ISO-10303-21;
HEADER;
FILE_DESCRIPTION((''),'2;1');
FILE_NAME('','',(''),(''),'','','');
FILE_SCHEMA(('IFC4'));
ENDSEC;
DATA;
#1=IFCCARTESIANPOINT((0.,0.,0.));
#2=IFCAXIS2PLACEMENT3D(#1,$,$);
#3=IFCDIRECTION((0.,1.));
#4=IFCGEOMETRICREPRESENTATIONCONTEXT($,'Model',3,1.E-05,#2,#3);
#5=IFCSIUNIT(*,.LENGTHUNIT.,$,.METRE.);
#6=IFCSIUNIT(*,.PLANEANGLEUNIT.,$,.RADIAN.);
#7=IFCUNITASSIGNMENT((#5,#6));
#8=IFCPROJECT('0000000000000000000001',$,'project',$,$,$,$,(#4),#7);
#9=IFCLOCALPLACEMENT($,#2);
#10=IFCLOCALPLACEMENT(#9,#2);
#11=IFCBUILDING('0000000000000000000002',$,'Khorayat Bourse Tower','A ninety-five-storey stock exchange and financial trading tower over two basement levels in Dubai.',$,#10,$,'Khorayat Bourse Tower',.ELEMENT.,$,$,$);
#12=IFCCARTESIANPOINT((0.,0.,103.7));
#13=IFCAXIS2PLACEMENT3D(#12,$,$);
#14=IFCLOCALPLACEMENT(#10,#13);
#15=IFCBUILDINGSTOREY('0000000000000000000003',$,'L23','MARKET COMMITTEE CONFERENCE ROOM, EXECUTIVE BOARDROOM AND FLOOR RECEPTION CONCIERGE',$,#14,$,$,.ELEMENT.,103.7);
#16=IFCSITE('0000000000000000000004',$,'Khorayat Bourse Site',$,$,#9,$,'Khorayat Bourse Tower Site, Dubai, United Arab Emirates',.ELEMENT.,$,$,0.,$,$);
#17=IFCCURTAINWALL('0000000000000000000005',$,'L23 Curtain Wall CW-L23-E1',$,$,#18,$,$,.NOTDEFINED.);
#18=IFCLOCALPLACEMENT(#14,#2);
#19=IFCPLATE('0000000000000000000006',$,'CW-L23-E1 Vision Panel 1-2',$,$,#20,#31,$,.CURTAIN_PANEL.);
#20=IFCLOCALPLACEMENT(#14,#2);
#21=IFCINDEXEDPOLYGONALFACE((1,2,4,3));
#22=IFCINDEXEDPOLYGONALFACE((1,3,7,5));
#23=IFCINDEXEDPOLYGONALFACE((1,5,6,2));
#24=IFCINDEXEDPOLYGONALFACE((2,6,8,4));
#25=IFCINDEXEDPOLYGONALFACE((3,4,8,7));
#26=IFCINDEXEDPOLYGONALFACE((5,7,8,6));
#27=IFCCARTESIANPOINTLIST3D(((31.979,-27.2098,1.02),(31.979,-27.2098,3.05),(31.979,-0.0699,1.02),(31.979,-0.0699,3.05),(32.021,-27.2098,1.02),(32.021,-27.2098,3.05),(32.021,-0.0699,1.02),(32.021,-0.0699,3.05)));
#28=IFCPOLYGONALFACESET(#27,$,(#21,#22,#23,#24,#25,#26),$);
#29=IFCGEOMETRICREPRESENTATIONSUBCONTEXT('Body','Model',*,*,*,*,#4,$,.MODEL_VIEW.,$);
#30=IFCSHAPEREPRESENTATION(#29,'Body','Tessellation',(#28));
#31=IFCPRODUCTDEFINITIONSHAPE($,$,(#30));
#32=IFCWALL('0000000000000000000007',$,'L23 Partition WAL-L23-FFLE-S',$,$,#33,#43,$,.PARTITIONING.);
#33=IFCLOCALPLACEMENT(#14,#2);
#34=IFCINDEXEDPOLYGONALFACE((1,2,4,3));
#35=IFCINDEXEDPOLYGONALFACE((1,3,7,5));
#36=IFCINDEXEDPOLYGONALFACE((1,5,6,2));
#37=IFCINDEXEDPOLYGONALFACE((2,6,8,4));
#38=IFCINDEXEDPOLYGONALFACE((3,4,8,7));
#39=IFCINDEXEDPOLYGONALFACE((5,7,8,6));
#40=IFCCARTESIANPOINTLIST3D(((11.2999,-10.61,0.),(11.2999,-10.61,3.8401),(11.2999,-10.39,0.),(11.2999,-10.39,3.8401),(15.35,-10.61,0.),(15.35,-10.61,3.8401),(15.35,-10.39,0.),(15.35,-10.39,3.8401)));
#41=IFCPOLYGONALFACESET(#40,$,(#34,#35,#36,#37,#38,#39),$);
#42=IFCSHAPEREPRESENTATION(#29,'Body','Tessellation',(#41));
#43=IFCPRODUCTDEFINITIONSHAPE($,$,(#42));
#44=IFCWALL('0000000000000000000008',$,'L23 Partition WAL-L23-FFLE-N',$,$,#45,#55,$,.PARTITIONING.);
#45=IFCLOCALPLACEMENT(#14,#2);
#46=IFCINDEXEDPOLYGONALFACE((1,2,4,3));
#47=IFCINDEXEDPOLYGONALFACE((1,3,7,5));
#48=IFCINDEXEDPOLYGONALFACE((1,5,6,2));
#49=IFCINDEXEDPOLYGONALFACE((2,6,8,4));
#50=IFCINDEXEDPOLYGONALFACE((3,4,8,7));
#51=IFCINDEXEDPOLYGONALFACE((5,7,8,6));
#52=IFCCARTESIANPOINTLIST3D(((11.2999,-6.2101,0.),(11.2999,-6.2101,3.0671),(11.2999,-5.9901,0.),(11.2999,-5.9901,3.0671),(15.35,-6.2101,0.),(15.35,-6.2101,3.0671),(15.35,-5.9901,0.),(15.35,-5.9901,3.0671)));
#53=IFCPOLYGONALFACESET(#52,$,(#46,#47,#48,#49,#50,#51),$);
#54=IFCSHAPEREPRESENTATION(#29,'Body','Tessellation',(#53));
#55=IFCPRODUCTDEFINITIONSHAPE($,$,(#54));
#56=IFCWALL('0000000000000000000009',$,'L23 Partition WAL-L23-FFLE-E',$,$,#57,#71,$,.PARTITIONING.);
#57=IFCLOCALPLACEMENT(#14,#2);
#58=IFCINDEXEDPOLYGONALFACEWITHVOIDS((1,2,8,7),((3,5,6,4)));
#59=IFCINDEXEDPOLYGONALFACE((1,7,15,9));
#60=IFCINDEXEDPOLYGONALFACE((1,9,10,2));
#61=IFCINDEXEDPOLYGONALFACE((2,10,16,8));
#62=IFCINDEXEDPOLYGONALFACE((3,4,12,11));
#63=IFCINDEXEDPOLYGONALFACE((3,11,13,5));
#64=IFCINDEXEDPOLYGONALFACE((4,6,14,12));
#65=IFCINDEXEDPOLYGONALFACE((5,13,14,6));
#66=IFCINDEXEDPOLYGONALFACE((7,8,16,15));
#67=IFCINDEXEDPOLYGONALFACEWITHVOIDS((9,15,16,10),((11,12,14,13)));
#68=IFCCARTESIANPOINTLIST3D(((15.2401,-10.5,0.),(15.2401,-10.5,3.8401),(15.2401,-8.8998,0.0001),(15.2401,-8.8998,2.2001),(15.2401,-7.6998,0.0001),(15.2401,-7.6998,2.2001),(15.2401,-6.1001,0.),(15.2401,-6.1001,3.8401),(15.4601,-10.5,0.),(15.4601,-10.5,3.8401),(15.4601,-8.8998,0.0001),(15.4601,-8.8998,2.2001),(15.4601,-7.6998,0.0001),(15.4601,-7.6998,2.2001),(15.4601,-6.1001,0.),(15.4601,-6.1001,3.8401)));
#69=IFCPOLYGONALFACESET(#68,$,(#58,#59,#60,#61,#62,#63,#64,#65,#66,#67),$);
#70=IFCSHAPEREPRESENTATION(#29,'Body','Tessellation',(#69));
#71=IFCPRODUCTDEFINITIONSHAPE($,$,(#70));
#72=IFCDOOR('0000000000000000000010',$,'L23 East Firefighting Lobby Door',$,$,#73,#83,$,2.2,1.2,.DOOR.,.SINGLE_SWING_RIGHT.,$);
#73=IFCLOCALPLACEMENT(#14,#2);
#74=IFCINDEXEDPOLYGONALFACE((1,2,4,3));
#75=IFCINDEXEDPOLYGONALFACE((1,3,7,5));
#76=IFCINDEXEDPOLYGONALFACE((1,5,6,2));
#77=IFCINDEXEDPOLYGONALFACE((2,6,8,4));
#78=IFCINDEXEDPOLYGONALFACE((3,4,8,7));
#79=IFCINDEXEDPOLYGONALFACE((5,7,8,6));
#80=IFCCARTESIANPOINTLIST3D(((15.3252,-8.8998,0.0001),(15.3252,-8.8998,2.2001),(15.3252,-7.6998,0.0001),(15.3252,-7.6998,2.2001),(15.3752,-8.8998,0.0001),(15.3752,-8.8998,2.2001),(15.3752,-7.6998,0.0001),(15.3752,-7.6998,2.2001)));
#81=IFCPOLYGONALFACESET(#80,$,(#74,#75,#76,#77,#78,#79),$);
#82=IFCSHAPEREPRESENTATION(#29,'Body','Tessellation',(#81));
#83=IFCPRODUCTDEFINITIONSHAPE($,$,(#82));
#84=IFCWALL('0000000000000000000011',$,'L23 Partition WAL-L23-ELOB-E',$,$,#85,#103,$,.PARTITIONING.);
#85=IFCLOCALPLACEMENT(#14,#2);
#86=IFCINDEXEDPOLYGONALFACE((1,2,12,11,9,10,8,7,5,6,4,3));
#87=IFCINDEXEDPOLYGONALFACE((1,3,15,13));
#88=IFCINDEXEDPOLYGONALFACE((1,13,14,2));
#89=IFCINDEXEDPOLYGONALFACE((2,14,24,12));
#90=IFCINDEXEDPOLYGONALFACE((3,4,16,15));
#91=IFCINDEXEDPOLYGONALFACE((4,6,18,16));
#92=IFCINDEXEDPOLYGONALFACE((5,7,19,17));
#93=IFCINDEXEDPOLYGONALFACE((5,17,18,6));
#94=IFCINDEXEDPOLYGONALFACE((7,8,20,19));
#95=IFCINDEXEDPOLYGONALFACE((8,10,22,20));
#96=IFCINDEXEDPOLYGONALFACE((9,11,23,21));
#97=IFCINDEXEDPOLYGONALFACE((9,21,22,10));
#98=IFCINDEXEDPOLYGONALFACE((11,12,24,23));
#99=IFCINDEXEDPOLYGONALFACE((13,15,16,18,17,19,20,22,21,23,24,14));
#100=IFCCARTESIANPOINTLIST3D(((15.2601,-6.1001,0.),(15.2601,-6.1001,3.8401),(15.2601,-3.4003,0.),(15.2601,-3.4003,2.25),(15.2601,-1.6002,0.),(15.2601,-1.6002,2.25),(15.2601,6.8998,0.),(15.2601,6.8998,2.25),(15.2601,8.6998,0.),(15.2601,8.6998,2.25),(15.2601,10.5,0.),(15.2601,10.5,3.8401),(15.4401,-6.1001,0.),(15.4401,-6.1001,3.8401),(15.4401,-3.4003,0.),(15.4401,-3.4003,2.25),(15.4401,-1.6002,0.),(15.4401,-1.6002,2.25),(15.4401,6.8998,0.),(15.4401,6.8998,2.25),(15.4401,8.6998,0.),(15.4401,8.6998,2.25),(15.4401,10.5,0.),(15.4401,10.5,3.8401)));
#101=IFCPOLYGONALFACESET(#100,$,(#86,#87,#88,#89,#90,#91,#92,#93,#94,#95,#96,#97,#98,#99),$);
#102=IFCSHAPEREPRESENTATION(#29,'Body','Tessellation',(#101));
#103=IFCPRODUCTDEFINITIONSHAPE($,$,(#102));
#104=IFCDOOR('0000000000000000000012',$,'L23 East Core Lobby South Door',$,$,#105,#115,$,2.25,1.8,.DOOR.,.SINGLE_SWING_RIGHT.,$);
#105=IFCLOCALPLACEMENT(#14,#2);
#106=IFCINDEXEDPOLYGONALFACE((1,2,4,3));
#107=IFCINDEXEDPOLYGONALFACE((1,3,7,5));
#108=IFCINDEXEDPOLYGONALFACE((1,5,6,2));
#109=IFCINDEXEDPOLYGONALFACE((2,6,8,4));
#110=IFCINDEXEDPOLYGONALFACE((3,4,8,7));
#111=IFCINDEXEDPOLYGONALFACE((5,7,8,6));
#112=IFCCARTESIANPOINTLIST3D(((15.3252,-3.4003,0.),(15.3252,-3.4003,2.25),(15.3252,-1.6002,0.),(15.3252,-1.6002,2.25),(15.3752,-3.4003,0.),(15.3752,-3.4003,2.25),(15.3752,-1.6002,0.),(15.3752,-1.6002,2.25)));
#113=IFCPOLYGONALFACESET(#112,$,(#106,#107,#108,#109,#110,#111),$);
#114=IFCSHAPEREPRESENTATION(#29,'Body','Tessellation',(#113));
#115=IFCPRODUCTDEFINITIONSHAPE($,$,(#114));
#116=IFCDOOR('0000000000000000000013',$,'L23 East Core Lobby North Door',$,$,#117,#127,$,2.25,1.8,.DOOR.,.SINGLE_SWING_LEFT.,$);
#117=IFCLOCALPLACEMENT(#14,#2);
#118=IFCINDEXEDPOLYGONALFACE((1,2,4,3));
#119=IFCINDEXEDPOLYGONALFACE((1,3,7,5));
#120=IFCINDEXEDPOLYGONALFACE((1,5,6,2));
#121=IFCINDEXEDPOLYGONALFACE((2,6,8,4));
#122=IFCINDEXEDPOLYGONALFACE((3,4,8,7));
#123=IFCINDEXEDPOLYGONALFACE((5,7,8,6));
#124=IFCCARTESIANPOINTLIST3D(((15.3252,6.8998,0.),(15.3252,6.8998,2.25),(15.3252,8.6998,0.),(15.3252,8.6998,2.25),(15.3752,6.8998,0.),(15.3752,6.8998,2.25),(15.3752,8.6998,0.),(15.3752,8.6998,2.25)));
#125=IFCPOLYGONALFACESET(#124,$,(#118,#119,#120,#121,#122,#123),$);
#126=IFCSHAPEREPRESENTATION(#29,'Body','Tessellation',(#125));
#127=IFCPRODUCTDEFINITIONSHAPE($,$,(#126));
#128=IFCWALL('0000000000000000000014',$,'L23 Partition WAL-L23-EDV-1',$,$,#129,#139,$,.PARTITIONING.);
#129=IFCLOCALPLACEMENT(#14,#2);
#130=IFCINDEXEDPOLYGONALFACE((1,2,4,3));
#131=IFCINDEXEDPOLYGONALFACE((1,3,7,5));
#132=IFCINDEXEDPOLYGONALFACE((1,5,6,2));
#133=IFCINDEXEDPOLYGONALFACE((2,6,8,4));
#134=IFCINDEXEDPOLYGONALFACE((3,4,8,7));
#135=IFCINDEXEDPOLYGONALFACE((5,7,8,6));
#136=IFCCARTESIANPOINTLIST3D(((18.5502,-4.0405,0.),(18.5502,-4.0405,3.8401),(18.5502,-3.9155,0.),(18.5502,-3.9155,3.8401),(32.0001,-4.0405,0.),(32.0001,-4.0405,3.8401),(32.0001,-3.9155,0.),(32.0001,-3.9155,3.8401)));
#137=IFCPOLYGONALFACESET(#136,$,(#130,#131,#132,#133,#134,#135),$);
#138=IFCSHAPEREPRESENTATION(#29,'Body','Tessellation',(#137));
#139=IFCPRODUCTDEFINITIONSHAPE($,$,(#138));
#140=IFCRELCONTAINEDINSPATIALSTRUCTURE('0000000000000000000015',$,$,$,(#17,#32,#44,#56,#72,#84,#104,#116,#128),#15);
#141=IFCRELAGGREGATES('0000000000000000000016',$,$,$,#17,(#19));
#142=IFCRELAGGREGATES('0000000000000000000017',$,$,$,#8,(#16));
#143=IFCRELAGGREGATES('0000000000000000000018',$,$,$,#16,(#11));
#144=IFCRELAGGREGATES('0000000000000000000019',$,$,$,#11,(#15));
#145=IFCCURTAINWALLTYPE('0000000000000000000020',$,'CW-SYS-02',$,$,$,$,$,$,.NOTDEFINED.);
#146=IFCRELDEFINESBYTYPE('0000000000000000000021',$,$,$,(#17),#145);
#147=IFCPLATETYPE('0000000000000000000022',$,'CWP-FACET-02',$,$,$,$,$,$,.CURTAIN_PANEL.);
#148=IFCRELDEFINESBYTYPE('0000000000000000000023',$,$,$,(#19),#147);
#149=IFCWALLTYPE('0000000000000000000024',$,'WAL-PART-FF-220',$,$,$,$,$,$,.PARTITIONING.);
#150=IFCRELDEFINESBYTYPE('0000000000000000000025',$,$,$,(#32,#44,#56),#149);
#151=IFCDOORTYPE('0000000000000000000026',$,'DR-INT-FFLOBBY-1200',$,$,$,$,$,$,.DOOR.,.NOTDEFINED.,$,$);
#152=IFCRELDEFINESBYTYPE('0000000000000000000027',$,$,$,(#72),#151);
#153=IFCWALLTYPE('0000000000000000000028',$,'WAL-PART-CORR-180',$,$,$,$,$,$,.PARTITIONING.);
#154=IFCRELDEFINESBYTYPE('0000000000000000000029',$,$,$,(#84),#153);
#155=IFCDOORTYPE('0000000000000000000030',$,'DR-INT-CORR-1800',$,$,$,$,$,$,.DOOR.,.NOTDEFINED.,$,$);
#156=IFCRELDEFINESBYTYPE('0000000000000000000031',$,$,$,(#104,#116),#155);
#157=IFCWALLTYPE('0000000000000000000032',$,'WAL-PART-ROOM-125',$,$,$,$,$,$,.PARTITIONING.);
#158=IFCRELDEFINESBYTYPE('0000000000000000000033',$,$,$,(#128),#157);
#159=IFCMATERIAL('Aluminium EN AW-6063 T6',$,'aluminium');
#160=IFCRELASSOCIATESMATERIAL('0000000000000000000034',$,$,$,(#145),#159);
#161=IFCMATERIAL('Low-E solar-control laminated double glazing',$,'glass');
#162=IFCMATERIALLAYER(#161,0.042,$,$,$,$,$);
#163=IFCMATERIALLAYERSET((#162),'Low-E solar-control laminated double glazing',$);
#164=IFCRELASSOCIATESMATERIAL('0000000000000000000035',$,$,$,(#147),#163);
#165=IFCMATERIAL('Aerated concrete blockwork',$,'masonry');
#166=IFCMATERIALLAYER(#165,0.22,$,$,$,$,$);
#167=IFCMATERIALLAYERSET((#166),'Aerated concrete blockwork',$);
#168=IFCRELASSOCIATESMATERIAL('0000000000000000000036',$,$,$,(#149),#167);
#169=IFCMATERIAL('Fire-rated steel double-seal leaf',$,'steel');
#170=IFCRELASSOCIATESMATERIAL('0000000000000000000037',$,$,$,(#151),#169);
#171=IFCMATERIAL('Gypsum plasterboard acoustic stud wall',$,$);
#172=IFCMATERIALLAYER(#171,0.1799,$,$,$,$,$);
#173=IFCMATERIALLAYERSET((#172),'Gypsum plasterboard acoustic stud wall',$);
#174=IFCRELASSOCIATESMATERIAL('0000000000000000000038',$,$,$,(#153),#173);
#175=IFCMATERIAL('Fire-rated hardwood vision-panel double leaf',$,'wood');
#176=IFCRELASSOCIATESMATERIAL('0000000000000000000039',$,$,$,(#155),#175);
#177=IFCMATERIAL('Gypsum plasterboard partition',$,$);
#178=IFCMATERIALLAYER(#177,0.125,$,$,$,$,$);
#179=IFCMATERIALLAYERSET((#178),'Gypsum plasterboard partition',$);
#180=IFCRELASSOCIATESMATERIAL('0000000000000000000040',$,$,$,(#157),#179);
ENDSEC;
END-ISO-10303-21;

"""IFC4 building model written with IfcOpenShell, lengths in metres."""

from ifc_helpers import new_model, si_unit, direction, frame, frame_2d, origin, origin_2d, place, context, subcontext, project, spatial, rectangle, extrude, source, transform, mapped, material, layer, layer_set, type_object, element, fill, aggregate, save


model = new_model("IFC4")

# Units and contexts
model_context = context("Model", 3, precision=1e-05, world=origin(), true_north=direction((0.0, 1.0)))
body_context = subcontext(model_context, "Body", "Model", "MODEL_VIEW")
ifc_project = project(units=[si_unit("LENGTHUNIT", "METRE"), si_unit("PLANEANGLEUNIT", "RADIAN")], contexts=[model_context])

# Site, building, storey
site_placement = place(None, origin())
site = spatial("IfcSite", under=ifc_project, at=site_placement, Name="Khorayat Bourse Site", LongName="Khorayat Bourse Tower Site, Dubai, United Arab Emirates", CompositionType="ELEMENT", RefElevation=0.0)
building_placement = place(site_placement, origin())
building = spatial("IfcBuilding", under=site, at=building_placement, Name="Khorayat Bourse Tower", Description="A ninety-five-storey stock exchange and financial trading tower over two basement levels in Dubai.", LongName="Khorayat Bourse Tower", CompositionType="ELEMENT")
storey_placement = place(building_placement, frame((0.0, 0.0, 103.7)))
storey = spatial("IfcBuildingStorey", under=building, at=storey_placement, Name="L23", Description="MARKET COMMITTEE CONFERENCE ROOM, EXECUTIVE BOARDROOM AND FLOOR RECEPTION CONCIERGE", CompositionType="ELEMENT", Elevation=103.7)

# Curtain wall
ifc_material_1 = material(Name="Aluminium EN AW-6063 T6", Category="aluminium")
curtain_wall_type = type_object("IfcCurtainWallType", Name="CW-SYS-02", PredefinedType="NOTDEFINED", material=ifc_material_1)
curtain_wall_placement = place(storey_placement, origin())
curtain_wall = element("IfcCurtainWall", 1, at=curtain_wall_placement, inside=storey, type_object=curtain_wall_type, Name="L23 Curtain Wall CW-L23-E1", PredefinedType="NOTDEFINED")

# Plate
ifc_material_2 = material(Name="Low-E solar-control laminated double glazing", Category="glass")
ifc_layer_1 = layer(ifc_material_2, 0.042)
ifc_layer_set_1 = layer_set([ifc_layer_1], Name="Low-E solar-control laminated double glazing")
plate_type_1 = type_object("IfcPlateType", Name="CWP-FACET-02", PredefinedType="CURTAIN_PANEL", material=ifc_layer_set_1)
shared_shape_1 = source(origin(), body_context, "Body", "SweptSolid", [
    extrude(rectangle(XDim=27.1399, YDim=0.042, at=origin_2d()), origin(), (0.0, 0.0, 1.0), 2.03),
])
plate_1_placement = place(storey_placement, frame((32.0, -13.6399, 1.02), z_axis=(0.0, 0.0, 1.0), x_axis=(0.0, 1.0, 0.0)))
plate_1 = element("IfcPlate", 2, at=plate_1_placement, type_object=plate_type_1, Name="CW-L23-E1 Vision Panel 1-2", PredefinedType="CURTAIN_PANEL", context=body_context, shape_type="MappedRepresentation", body=[
    mapped(shared_shape_1, transform((0.0, 0.0, 0.0), scale=1.0)),
])
aggregate(curtain_wall, [plate_1])

# Walls
ifc_material_3 = material(Name="Aerated concrete blockwork", Category="masonry")
ifc_layer_2 = layer(ifc_material_3, 0.22)
ifc_layer_set_2 = layer_set([ifc_layer_2], Name="Aerated concrete blockwork")
wall_type_1 = type_object("IfcWallType", Name="WAL-PART-FF-220", PredefinedType="PARTITIONING", material=ifc_layer_set_2)
shared_shape_2 = source(origin(), body_context, "Body", "SweptSolid", [
    extrude(rectangle(XDim=4.05, YDim=0.22, at=frame_2d((2.0249, 0.0))), origin(), (0.0, 0.0, 1.0), 3.8401),
])
wall_1_placement = place(storey_placement, frame((11.3, -10.5, 0.0), z_axis=(0.0, 0.0, 1.0), x_axis=(1.0, 0.0, 0.0)))
element("IfcWall", 3, at=wall_1_placement, inside=storey, type_object=wall_type_1, Name="L23 Partition WAL-L23-FFLE-S", PredefinedType="PARTITIONING", context=body_context, shape_type="MappedRepresentation", body=[
    mapped(shared_shape_2, transform((0.0, 0.0, 0.0), scale=1.0)),
])
shared_shape_3 = source(origin(), body_context, "Body", "SweptSolid", [
    extrude(rectangle(XDim=4.05, YDim=0.22, at=frame_2d((2.0249, 0.0))), origin(), (0.0, 0.0, 1.0), 3.0671),
])
wall_2_placement = place(storey_placement, frame((11.3, -6.1001, 0.0), z_axis=(0.0, 0.0, 1.0), x_axis=(1.0, 0.0, 0.0)))
element("IfcWall", 4, at=wall_2_placement, inside=storey, type_object=wall_type_1, Name="L23 Partition WAL-L23-FFLE-N", PredefinedType="PARTITIONING", context=body_context, shape_type="MappedRepresentation", body=[
    mapped(shared_shape_3, transform((0.0, 0.0, 0.0), scale=1.0)),
])

# Wall, opening, door
shared_shape_4 = source(origin(), body_context, "Body", "SweptSolid", [
    extrude(rectangle(XDim=4.3999, YDim=0.22, at=frame_2d((2.2, 0.0))), origin(), (0.0, 0.0, 1.0), 3.8401),
])
wall_3_placement = place(storey_placement, frame((15.3501, -10.5, 0.0), z_axis=(0.0, 0.0, 1.0), x_axis=(0.0, 1.0, 0.0)))
wall_3 = element("IfcWall", 5, at=wall_3_placement, inside=storey, type_object=wall_type_1, Name="L23 Partition WAL-L23-FFLE-E", PredefinedType="PARTITIONING", context=body_context, shape_type="MappedRepresentation", body=[
    mapped(shared_shape_4, transform((0.0, 0.0, 0.0), scale=1.0)),
])
shared_shape_5 = source(origin(), body_context, "Body", "SweptSolid", [
    extrude(rectangle(XDim=1.2, YDim=2.2, at=frame_2d((0.6001, 1.1001))), frame((0.0, 0.1199, 0.0), z_axis=(0.0, -1.0, 0.0), x_axis=(1.0, 0.0, 0.0)), (0.0, 0.0, 1.0), 0.24),
])
opening_1_placement = place(wall_3_placement, frame((1.6001, 0.0, 0.0)))
opening_1 = element("IfcOpeningElement", 6, at=opening_1_placement, cuts=wall_3, PredefinedType="OPENING", context=body_context, shape_type="MappedRepresentation", body=[
    mapped(shared_shape_5, transform((0.0, 0.0, 0.0), scale=1.0)),
])
ifc_material_4 = material(Name="Fire-rated steel double-seal leaf", Category="steel")
door_type_1 = type_object("IfcDoorType", Name="DR-INT-FFLOBBY-1200", OperationType="NOTDEFINED", PredefinedType="DOOR", material=ifc_material_4)
shared_shape_6 = source(origin(), body_context, "Body", "SweptSolid", [
    extrude(rectangle(XDim=1.2, YDim=2.2, at=frame_2d((0.6001, 1.1001))), frame((0.0, 0.0249, 0.0), z_axis=(0.0, -1.0, 0.0), x_axis=(1.0, 0.0, 0.0)), (0.0, 0.0, 1.0), 0.05),
])
door_1_placement = place(opening_1_placement, origin())
door_1 = element("IfcDoor", 7, at=door_1_placement, inside=storey, type_object=door_type_1, Name="L23 East Firefighting Lobby Door", OperationType="SINGLE_SWING_RIGHT", OverallHeight=2.2, OverallWidth=1.2, PredefinedType="DOOR", context=body_context, shape_type="MappedRepresentation", body=[
    mapped(shared_shape_6, transform((0.0, 0.0, 0.0), scale=1.0)),
])
fill(opening_1, door_1)

# Wall, openings, doors
ifc_material_5 = material(Name="Gypsum plasterboard acoustic stud wall")
ifc_layer_3 = layer(ifc_material_5, 0.1799)
ifc_layer_set_3 = layer_set([ifc_layer_3], Name="Gypsum plasterboard acoustic stud wall")
wall_type_2 = type_object("IfcWallType", Name="WAL-PART-CORR-180", PredefinedType="PARTITIONING", material=ifc_layer_set_3)
shared_shape_7 = source(origin(), body_context, "Body", "SweptSolid", [
    extrude(rectangle(XDim=16.6001, YDim=0.1799, at=frame_2d((8.3, 0.0))), origin(), (0.0, 0.0, 1.0), 3.8401),
])
wall_4_placement = place(storey_placement, frame((15.3501, -6.1001, 0.0), z_axis=(0.0, 0.0, 1.0), x_axis=(0.0, 1.0, 0.0)))
wall_4 = element("IfcWall", 8, at=wall_4_placement, inside=storey, type_object=wall_type_2, Name="L23 Partition WAL-L23-ELOB-E", PredefinedType="PARTITIONING", context=body_context, shape_type="MappedRepresentation", body=[
    mapped(shared_shape_7, transform((0.0, 0.0, 0.0), scale=1.0)),
])
shared_shape_8 = source(origin(), body_context, "Body", "SweptSolid", [
    extrude(rectangle(XDim=1.8, YDim=2.25, at=frame_2d((0.8999, 1.125))), frame((0.0, 0.0999, 0.0), z_axis=(0.0, -1.0, 0.0), x_axis=(1.0, 0.0, 0.0)), (0.0, 0.0, 1.0), 0.2),
])
opening_2_placement = place(wall_4_placement, frame((2.7, 0.0, 0.0)))
opening_2 = element("IfcOpeningElement", 9, at=opening_2_placement, cuts=wall_4, PredefinedType="OPENING", context=body_context, shape_type="MappedRepresentation", body=[
    mapped(shared_shape_8, transform((0.0, 0.0, 0.0), scale=1.0)),
])
opening_3_placement = place(wall_4_placement, frame((13.0, 0.0, 0.0)))
opening_3 = element("IfcOpeningElement", 10, at=opening_3_placement, cuts=wall_4, PredefinedType="OPENING", context=body_context, shape_type="MappedRepresentation", body=[
    mapped(shared_shape_8, transform((0.0, 0.0, 0.0), scale=1.0)),
])
ifc_material_6 = material(Name="Fire-rated hardwood vision-panel double leaf", Category="wood")
door_type_2 = type_object("IfcDoorType", Name="DR-INT-CORR-1800", OperationType="NOTDEFINED", PredefinedType="DOOR", material=ifc_material_6)
shared_shape_9 = source(origin(), body_context, "Body", "SweptSolid", [
    extrude(rectangle(XDim=1.8, YDim=2.25, at=frame_2d((0.8999, 1.125))), frame((0.0, 0.0249, 0.0), z_axis=(0.0, -1.0, 0.0), x_axis=(1.0, 0.0, 0.0)), (0.0, 0.0, 1.0), 0.05),
])
door_2_placement = place(opening_2_placement, origin())
door_2 = element("IfcDoor", 11, at=door_2_placement, inside=storey, type_object=door_type_2, Name="L23 East Core Lobby South Door", OperationType="SINGLE_SWING_RIGHT", OverallHeight=2.25, OverallWidth=1.8, PredefinedType="DOOR", context=body_context, shape_type="MappedRepresentation", body=[
    mapped(shared_shape_9, transform((0.0, 0.0, 0.0), scale=1.0)),
])
fill(opening_2, door_2)
door_3_placement = place(opening_3_placement, origin())
door_3 = element("IfcDoor", 12, at=door_3_placement, inside=storey, type_object=door_type_2, Name="L23 East Core Lobby North Door", OperationType="SINGLE_SWING_LEFT", OverallHeight=2.25, OverallWidth=1.8, PredefinedType="DOOR", context=body_context, shape_type="MappedRepresentation", body=[
    mapped(shared_shape_9, transform((0.0, 0.0, 0.0), scale=1.0)),
])
fill(opening_3, door_3)

# Wall
ifc_material_7 = material(Name="Gypsum plasterboard partition")
ifc_layer_4 = layer(ifc_material_7, 0.125)
ifc_layer_set_4 = layer_set([ifc_layer_4], Name="Gypsum plasterboard partition")
wall_type_3 = type_object("IfcWallType", Name="WAL-PART-ROOM-125", PredefinedType="PARTITIONING", material=ifc_layer_set_4)
shared_shape_10 = source(origin(), body_context, "Body", "SweptSolid", [
    extrude(rectangle(XDim=13.45, YDim=0.125, at=frame_2d((6.7251, 0.0))), origin(), (0.0, 0.0, 1.0), 3.8401),
])
wall_5_placement = place(storey_placement, frame((18.55, -3.978, 0.0), z_axis=(0.0, 0.0, 1.0), x_axis=(1.0, 0.0, 0.0)))
element("IfcWall", 13, at=wall_5_placement, inside=storey, type_object=wall_type_3, Name="L23 Partition WAL-L23-EDV-1", PredefinedType="PARTITIONING", context=body_context, shape_type="MappedRepresentation", body=[
    mapped(shared_shape_10, transform((0.0, 0.0, 0.0), scale=1.0)),
])

save(model, "model.ifc")
